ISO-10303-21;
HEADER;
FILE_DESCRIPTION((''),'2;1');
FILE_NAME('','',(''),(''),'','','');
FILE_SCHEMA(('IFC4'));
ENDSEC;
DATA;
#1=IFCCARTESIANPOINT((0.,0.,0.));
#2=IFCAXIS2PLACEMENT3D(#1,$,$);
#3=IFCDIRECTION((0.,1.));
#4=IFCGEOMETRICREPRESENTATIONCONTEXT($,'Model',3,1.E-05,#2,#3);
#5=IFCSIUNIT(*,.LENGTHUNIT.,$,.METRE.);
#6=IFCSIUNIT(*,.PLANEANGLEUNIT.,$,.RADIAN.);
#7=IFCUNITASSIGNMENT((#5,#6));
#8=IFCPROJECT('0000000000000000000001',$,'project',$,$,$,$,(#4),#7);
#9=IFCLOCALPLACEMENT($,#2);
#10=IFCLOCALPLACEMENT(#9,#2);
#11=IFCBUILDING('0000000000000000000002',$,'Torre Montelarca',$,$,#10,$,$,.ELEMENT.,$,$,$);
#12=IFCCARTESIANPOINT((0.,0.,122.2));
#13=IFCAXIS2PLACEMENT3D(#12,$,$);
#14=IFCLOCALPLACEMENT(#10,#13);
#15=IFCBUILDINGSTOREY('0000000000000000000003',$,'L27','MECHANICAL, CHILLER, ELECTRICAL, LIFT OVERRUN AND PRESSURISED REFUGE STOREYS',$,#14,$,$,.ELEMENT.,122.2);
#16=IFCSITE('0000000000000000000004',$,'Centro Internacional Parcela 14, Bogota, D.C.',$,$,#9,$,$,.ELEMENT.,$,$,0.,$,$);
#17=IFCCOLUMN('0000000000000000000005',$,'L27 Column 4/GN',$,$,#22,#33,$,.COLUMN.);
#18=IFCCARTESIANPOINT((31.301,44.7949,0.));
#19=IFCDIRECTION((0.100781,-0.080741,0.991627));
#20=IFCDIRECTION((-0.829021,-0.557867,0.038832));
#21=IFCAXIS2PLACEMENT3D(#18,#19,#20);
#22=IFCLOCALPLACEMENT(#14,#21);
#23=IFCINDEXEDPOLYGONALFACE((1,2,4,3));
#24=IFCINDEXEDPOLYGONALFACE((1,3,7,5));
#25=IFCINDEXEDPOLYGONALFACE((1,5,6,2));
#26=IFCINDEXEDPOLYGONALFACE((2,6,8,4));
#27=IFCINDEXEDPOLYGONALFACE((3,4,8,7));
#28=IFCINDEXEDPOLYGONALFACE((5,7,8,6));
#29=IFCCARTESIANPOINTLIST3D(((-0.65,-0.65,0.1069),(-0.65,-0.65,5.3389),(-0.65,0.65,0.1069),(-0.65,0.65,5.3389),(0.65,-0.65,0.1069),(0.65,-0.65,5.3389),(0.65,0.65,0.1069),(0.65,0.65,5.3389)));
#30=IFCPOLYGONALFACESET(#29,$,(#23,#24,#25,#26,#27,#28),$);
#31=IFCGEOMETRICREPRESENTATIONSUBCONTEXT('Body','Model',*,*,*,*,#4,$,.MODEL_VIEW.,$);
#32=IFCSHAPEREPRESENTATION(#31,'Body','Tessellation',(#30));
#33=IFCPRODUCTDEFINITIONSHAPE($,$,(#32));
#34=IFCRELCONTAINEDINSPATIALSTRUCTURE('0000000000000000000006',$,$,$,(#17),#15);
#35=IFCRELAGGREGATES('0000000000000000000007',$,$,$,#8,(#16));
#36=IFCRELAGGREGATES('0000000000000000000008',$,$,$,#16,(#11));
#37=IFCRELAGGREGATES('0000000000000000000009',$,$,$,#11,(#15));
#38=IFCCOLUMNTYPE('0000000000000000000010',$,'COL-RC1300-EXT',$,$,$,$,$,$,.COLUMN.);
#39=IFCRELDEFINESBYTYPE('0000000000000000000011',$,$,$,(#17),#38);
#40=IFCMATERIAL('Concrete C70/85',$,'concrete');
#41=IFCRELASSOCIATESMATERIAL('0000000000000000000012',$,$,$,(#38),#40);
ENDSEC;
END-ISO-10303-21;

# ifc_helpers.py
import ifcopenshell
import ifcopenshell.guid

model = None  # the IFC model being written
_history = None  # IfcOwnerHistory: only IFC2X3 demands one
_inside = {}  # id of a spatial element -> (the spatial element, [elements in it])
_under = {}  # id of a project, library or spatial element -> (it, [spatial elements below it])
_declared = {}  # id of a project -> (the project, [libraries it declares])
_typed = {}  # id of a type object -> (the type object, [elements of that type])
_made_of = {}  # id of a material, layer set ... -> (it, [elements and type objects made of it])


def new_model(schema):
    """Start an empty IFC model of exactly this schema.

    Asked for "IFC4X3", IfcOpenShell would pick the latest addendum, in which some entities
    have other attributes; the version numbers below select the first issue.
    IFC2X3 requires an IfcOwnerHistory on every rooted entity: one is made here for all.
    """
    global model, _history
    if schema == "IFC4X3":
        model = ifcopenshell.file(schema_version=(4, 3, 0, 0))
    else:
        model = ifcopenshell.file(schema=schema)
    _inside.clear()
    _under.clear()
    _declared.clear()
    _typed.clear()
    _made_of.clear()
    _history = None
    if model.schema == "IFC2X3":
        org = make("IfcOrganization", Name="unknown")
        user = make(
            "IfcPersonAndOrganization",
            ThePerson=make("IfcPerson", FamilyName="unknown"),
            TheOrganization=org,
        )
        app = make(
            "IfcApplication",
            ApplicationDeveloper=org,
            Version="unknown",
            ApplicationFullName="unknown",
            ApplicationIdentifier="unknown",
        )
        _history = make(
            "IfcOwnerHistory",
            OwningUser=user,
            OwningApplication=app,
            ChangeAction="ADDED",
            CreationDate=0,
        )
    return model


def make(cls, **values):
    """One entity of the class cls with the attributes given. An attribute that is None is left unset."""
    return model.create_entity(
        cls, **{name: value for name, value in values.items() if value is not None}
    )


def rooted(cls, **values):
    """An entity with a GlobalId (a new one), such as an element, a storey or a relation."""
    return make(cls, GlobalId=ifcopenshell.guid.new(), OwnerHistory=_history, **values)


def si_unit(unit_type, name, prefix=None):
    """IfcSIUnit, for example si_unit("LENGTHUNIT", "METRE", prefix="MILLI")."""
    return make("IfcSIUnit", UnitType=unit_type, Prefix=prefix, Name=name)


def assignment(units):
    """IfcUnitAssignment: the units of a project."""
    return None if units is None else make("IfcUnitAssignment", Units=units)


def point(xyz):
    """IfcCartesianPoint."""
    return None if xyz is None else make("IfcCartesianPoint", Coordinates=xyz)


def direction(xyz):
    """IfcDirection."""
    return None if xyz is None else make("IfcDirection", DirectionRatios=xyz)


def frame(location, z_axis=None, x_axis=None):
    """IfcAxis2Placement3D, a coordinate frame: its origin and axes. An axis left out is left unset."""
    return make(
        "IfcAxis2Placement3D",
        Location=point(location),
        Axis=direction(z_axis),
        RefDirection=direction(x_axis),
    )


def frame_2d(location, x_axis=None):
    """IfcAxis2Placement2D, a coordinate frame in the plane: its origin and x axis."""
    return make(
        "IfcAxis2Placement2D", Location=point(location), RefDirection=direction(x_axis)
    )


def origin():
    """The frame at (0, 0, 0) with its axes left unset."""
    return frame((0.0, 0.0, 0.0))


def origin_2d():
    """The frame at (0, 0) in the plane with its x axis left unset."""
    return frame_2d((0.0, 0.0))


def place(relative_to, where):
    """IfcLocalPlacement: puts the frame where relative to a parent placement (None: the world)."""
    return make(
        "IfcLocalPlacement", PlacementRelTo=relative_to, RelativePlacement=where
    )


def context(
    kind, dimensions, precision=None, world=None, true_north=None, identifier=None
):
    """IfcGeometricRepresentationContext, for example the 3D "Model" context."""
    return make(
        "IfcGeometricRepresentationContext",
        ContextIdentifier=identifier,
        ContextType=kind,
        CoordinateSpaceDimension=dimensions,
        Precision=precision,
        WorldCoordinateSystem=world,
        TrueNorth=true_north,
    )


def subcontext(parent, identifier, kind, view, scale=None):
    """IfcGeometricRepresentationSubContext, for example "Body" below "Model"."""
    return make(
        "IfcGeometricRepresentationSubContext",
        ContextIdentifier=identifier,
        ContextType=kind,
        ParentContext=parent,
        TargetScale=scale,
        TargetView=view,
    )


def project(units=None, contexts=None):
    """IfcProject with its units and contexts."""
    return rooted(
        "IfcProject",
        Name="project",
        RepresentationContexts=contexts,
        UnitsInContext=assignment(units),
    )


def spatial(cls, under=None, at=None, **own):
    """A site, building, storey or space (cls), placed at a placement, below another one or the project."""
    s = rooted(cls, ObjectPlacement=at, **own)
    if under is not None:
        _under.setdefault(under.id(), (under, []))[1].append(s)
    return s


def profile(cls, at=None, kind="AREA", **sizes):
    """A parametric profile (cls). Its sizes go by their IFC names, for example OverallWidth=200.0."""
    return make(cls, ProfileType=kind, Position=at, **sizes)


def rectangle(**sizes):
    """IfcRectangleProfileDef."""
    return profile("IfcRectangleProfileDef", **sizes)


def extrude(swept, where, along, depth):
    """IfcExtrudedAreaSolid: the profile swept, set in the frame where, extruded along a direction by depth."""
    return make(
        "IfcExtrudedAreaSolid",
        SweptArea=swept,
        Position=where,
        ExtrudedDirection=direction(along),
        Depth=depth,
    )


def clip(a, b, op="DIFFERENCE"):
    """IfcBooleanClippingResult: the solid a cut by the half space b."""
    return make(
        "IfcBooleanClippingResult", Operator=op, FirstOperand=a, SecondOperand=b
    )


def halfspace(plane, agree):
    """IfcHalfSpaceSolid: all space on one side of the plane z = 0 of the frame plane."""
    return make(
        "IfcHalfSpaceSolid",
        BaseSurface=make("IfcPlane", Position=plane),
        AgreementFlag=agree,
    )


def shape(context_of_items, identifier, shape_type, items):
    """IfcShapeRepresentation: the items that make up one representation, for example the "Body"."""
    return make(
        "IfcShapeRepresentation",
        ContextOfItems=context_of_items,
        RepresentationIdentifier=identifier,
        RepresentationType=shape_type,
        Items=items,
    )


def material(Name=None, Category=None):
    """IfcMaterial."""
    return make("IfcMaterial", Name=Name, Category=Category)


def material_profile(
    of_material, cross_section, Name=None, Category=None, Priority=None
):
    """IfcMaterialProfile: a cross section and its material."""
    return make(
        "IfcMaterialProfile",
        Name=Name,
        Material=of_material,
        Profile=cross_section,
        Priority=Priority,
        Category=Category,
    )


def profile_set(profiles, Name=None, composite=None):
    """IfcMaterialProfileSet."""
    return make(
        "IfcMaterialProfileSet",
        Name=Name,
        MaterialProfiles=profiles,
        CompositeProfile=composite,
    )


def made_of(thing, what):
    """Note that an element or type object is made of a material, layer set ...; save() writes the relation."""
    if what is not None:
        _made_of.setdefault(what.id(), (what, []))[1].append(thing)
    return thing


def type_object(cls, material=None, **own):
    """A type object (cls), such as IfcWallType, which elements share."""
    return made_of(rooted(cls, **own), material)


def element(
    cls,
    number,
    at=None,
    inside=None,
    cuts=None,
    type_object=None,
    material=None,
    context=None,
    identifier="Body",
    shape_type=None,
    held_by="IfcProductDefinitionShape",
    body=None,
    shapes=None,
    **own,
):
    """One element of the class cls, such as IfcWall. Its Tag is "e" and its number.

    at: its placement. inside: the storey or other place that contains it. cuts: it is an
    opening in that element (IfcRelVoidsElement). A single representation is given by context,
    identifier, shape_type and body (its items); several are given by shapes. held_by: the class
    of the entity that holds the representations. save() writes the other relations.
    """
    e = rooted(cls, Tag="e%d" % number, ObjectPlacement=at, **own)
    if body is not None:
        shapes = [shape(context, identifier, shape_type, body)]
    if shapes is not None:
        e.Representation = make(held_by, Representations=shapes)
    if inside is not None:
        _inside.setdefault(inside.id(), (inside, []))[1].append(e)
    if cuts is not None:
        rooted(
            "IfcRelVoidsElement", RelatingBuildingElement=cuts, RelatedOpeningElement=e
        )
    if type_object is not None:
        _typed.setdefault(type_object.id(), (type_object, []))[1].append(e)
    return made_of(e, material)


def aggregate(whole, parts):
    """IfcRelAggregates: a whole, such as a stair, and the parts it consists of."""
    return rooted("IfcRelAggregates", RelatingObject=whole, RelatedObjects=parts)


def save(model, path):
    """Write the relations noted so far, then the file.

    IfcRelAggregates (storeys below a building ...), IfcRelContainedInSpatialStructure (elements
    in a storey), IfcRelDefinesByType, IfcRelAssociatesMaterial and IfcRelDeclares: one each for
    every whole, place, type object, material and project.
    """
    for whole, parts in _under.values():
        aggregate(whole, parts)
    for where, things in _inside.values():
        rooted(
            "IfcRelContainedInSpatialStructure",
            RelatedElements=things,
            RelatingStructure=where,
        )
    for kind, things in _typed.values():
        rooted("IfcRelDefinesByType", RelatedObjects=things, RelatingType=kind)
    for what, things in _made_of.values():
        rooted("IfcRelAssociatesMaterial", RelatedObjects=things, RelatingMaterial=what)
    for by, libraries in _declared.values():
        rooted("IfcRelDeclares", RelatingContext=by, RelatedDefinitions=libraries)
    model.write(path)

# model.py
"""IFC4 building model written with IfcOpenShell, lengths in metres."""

from ifc_helpers import new_model, si_unit, direction, frame, origin, origin_2d, place, context, subcontext, project, spatial, rectangle, extrude, clip, halfspace, material, material_profile, profile_set, type_object, element, save


model = new_model("IFC4")

# Units and contexts
model_context = context("Model", 3, precision=1e-05, world=origin(), true_north=direction((0.0, 1.0)))
body_context = subcontext(model_context, "Body", "Model", "MODEL_VIEW")
ifc_project = project(units=[si_unit("LENGTHUNIT", "METRE"), si_unit("PLANEANGLEUNIT", "RADIAN")], contexts=[model_context])

# Site, building, storey
site_placement = place(None, origin())
site = spatial("IfcSite", under=ifc_project, at=site_placement, Name="Centro Internacional Parcela 14, Bogota, D.C.", CompositionType="ELEMENT", RefElevation=0.0)
building_placement = place(site_placement, origin())
building = spatial("IfcBuilding", under=site, at=building_placement, Name="Torre Montelarca", CompositionType="ELEMENT")
storey_placement = place(building_placement, frame((0.0, 0.0, 122.2)))
storey = spatial("IfcBuildingStorey", under=building, at=storey_placement, Name="L27", Description="MECHANICAL, CHILLER, ELECTRICAL, LIFT OVERRUN AND PRESSURISED REFUGE STOREYS", CompositionType="ELEMENT", Elevation=122.2)

# Column
ifc_material_1 = material(Name="Concrete C70/85", Category="concrete")
ifc_material_profile_1 = material_profile(ifc_material_1, rectangle(XDim=1.3, YDim=1.3, at=origin_2d()), Name="RC1300X1300", Category="concrete")
ifc_profile_set_1 = profile_set([ifc_material_profile_1], Name="Concrete C70/85")
column_type_1 = type_object("IfcColumnType", Name="COL-RC1300-EXT", PredefinedType="COLUMN", material=ifc_profile_set_1)
column_1_placement = place(storey_placement, frame((31.301, 44.7949, 0.0), z_axis=(0.100781, -0.080741, 0.991627), x_axis=(-0.829021, -0.557867, 0.038832)))
element("IfcColumn", 1, at=column_1_placement, inside=storey, type_object=column_type_1, Name="L27 Column 4/GN", PredefinedType="COLUMN", context=body_context, shape_type="Clipping", body=[
    clip(clip(extrude(rectangle(XDim=1.3, YDim=1.3, at=origin_2d()), origin(), (0.0, 0.0, 1.0), 5.4458), halfspace(frame((0.0, 0.0, 0.1069), z_axis=(0.0, 0.0, -1.0), x_axis=(1.0, 0.0, 0.0)), False)), halfspace(frame((0.0, 0.0, 5.3389), z_axis=(0.0, 0.0, 1.0), x_axis=(1.0, 0.0, 0.0)), False)),
])

save(model, "model.ifc")
